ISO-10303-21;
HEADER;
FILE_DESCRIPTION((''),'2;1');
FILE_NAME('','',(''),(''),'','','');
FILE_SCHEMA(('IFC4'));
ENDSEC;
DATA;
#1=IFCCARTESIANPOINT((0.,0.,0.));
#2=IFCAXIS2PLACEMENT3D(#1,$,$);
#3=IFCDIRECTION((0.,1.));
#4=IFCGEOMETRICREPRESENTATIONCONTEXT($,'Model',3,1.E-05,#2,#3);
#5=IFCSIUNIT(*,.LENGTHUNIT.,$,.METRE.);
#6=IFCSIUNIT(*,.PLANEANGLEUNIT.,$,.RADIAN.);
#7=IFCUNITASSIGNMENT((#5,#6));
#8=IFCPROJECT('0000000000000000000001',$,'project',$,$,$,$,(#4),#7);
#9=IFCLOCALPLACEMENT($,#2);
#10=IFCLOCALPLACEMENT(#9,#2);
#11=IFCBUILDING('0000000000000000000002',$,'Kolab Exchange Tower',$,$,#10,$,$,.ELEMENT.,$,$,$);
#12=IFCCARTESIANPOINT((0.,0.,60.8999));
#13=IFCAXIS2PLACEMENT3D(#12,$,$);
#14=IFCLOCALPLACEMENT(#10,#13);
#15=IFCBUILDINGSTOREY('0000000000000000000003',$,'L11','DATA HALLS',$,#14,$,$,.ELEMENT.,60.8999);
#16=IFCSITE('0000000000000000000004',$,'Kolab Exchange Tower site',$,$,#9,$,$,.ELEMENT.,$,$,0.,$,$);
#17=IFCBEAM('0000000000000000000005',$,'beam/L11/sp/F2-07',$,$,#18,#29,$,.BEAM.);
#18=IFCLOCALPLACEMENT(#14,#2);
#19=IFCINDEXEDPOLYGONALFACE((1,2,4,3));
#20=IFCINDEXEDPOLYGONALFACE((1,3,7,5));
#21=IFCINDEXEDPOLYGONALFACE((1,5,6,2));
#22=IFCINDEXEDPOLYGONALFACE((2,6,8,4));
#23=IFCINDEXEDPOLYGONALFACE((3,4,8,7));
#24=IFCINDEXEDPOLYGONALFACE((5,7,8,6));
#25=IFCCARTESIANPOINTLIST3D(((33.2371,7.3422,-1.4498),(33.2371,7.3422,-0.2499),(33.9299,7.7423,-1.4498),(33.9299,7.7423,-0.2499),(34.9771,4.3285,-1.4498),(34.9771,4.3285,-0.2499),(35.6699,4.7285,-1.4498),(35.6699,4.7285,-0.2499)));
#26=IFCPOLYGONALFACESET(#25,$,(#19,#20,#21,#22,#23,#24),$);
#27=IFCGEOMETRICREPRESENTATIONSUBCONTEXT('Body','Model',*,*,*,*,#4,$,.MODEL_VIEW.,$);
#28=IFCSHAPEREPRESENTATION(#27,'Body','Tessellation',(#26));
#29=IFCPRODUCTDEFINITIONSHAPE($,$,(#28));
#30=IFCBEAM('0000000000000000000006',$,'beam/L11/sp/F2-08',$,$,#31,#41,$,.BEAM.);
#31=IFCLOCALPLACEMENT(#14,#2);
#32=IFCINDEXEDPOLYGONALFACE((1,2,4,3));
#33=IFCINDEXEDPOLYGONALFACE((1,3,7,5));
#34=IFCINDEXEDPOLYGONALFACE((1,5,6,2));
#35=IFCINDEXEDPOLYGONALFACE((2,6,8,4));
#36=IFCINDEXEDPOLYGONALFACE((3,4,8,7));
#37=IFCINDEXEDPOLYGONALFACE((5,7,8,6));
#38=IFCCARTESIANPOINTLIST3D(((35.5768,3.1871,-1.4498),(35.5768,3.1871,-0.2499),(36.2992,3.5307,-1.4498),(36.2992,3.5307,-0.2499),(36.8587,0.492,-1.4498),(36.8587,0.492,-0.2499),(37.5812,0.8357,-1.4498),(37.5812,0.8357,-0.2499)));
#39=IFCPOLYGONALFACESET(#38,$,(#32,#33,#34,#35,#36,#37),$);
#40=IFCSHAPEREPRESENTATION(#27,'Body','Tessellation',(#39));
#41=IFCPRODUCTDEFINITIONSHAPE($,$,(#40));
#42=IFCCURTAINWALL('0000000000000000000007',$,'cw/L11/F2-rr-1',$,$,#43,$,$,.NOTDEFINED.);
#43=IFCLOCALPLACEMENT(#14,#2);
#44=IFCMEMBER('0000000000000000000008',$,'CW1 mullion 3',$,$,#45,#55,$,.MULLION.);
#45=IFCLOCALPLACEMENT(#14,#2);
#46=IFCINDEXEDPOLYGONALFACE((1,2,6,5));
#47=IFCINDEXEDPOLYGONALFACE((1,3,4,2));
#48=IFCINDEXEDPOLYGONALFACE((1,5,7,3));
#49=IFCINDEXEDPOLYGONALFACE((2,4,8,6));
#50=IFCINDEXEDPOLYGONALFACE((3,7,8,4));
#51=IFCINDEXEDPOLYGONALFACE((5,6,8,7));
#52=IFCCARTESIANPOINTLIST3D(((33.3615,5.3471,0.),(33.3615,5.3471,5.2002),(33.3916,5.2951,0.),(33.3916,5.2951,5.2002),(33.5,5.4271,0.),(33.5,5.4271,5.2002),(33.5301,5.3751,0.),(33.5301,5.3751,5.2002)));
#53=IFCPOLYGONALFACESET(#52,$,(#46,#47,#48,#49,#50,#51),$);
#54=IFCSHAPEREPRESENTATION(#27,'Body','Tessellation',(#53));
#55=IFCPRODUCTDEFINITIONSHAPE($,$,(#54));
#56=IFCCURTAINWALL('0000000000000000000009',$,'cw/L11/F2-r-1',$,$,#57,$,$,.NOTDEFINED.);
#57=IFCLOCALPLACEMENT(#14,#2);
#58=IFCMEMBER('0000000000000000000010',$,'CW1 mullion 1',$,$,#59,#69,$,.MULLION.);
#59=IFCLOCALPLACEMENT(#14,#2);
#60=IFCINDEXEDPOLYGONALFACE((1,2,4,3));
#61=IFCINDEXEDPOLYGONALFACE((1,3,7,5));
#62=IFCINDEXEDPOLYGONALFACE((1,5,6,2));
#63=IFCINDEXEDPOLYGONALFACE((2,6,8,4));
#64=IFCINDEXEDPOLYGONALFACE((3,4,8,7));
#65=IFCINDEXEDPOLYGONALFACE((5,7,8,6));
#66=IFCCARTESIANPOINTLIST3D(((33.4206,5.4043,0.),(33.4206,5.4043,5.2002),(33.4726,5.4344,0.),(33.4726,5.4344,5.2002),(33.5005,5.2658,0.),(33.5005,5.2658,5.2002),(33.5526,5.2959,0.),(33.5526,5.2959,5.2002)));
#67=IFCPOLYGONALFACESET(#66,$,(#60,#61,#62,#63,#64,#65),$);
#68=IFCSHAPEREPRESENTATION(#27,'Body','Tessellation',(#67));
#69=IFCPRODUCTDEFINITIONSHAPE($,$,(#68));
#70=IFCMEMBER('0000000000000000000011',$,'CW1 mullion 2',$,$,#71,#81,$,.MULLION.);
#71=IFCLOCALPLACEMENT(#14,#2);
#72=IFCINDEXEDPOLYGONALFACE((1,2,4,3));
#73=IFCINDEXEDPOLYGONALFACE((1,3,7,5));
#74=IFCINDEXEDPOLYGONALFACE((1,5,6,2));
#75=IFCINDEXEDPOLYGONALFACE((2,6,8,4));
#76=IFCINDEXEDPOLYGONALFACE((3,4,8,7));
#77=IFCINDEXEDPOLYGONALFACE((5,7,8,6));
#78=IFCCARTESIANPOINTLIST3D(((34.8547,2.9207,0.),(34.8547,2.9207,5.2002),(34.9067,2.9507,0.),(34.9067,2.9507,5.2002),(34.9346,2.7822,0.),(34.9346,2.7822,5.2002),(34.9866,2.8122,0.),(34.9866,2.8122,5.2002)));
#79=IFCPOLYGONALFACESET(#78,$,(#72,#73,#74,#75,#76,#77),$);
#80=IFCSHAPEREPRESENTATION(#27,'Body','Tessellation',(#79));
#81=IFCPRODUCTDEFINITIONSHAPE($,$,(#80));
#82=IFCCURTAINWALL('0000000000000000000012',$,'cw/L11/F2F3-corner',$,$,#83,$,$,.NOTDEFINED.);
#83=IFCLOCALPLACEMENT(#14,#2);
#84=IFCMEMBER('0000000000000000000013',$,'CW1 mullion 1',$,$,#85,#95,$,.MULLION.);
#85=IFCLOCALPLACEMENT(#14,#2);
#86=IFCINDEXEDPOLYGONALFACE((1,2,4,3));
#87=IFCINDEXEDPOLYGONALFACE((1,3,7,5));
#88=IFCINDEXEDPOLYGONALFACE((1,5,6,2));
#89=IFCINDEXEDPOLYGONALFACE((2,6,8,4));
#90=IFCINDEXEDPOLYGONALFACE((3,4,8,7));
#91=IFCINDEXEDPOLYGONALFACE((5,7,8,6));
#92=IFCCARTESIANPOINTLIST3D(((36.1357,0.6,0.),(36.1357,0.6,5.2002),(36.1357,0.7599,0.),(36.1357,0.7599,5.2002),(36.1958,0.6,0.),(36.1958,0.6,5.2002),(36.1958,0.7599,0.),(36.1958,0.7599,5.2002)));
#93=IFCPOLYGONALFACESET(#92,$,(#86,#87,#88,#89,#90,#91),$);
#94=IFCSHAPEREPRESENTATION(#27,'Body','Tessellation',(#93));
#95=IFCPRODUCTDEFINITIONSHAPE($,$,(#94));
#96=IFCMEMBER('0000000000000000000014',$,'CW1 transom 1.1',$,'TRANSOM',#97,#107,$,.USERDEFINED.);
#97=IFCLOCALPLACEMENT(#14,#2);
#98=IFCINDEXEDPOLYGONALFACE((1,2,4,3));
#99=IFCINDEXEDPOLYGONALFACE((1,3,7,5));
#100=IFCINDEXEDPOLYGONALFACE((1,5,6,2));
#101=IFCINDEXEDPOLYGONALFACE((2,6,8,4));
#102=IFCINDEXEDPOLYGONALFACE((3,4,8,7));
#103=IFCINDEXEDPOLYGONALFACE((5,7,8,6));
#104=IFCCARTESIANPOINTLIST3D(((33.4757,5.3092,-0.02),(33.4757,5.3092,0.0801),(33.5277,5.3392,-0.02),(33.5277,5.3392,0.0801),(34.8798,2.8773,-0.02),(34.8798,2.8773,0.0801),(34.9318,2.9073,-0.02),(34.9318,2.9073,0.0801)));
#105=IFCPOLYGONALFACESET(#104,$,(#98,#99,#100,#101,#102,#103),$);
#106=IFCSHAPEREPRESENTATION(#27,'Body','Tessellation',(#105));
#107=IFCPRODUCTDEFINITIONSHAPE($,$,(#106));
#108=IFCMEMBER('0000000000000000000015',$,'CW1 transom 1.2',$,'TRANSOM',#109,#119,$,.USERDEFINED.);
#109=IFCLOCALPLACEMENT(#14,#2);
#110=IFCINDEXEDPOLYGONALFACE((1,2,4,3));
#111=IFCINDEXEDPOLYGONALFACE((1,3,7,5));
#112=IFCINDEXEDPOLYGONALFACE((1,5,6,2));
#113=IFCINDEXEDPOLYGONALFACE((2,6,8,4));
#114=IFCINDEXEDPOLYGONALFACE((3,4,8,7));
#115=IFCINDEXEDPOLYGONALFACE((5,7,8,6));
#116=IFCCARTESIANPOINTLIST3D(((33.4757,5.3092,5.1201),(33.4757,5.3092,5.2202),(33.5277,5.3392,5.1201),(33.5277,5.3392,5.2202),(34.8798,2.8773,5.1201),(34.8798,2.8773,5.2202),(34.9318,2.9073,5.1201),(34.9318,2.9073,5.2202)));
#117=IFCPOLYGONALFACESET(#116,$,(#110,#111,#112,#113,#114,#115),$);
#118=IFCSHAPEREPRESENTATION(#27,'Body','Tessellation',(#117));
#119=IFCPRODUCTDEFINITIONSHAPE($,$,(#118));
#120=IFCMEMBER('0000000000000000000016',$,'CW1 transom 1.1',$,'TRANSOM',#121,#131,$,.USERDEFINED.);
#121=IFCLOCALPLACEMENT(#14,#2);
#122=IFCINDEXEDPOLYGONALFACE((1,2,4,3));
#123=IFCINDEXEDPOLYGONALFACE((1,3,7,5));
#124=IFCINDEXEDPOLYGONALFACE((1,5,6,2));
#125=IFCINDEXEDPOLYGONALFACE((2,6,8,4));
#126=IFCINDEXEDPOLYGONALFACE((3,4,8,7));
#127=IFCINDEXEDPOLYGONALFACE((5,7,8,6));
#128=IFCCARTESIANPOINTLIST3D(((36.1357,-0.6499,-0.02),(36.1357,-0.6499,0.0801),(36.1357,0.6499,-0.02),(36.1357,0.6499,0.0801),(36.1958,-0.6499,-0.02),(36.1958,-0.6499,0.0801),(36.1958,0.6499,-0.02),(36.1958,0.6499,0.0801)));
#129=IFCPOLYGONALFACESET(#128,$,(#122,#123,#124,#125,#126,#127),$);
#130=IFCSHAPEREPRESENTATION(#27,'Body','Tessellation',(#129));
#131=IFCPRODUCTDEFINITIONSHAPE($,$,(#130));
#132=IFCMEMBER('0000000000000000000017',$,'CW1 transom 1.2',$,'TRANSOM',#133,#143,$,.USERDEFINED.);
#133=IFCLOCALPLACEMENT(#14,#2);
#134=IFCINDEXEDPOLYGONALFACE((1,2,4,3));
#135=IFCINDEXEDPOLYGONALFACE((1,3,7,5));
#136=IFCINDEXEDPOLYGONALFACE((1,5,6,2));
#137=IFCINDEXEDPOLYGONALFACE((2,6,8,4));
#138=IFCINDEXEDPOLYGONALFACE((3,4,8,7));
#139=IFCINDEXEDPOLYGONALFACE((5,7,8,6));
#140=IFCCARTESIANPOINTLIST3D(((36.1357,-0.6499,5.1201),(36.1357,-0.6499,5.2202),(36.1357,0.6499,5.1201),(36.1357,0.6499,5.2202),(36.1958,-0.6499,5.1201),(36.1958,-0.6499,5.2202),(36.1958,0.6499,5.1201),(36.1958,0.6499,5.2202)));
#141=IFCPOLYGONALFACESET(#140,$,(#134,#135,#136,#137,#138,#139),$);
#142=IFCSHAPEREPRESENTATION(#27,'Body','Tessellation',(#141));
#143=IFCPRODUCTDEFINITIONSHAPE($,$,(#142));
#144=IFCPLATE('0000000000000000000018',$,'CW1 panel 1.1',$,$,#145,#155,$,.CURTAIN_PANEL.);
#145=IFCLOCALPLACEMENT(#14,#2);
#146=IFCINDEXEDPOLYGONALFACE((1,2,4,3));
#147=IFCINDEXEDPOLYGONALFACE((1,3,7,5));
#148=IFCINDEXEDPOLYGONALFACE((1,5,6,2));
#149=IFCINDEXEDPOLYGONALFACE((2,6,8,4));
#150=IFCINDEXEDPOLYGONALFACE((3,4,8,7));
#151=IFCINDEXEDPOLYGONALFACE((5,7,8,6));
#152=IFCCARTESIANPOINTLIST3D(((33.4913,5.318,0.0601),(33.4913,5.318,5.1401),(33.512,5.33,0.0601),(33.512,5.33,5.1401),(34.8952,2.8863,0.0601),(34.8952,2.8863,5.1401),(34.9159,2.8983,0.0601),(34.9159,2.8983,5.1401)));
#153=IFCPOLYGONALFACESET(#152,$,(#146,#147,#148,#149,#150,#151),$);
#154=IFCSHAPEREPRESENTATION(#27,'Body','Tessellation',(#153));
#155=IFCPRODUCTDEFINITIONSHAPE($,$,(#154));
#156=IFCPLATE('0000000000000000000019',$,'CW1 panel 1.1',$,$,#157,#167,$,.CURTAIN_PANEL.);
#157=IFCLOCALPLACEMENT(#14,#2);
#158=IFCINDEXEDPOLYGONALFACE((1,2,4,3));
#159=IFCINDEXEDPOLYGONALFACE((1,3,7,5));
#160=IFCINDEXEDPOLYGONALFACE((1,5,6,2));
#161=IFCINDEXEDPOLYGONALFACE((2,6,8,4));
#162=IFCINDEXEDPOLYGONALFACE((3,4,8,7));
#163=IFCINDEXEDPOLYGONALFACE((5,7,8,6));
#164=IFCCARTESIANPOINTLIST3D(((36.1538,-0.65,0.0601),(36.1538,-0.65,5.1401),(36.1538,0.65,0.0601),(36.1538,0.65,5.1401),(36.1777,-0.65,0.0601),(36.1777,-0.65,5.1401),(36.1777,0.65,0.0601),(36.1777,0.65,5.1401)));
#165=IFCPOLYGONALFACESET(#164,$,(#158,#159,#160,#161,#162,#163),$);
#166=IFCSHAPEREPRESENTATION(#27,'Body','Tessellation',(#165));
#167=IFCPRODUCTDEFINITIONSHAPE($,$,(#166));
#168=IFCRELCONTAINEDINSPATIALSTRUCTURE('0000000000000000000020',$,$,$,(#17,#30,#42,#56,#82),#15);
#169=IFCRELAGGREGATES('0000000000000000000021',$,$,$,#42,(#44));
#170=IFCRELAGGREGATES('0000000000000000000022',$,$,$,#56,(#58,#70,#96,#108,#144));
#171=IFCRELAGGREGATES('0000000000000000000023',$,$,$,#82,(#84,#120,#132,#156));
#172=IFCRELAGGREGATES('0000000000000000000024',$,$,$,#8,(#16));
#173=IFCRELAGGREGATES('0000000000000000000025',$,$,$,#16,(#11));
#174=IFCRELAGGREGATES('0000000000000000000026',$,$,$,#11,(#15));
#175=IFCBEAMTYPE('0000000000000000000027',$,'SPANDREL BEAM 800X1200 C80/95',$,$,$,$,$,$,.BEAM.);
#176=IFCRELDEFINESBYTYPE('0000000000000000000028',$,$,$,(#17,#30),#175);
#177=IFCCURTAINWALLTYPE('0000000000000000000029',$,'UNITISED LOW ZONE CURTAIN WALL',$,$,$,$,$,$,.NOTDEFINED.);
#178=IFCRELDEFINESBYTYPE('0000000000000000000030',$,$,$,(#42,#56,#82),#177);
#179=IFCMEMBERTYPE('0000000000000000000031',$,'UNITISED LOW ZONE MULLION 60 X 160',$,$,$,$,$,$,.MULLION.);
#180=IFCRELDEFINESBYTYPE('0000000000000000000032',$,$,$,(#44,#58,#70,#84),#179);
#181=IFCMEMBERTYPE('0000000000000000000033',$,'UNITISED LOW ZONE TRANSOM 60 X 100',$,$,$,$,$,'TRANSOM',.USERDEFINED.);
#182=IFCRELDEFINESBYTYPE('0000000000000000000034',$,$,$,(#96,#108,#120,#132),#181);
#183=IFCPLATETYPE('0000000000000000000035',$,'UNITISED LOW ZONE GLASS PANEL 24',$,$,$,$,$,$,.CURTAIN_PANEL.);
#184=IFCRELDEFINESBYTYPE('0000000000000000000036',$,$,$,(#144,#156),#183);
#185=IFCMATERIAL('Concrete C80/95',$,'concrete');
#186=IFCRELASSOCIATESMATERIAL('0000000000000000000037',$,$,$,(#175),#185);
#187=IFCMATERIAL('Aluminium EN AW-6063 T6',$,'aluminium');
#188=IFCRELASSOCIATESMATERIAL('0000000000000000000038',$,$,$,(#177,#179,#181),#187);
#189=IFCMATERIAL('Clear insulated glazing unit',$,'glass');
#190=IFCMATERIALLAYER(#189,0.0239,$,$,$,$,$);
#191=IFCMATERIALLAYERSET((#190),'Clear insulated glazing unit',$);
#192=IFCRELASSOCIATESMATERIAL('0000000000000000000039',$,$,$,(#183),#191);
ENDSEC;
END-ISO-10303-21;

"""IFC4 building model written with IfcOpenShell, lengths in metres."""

from ifc_helpers import new_model, si_unit, direction, frame, origin, origin_2d, place, context, subcontext, project, spatial, rectangle, extrude, material, layer, layer_set, material_profile, profile_set, type_object, element, aggregate, save


model = new_model("IFC4")

# Units and contexts
model_context = context("Model", 3, precision=1e-05, world=origin(), true_north=direction((0.0, 1.0)))
body_context = subcontext(model_context, "Body", "Model", "MODEL_VIEW")
ifc_project = project(units=[si_unit("LENGTHUNIT", "METRE"), si_unit("PLANEANGLEUNIT", "RADIAN")], contexts=[model_context])

# Site, building, storey
site_placement = place(None, origin())
site = spatial("IfcSite", under=ifc_project, at=site_placement, Name="Kolab Exchange Tower site", CompositionType="ELEMENT", RefElevation=0.0)
building_placement = place(site_placement, origin())
building = spatial("IfcBuilding", under=site, at=building_placement, Name="Kolab Exchange Tower", CompositionType="ELEMENT")
storey_placement = place(building_placement, frame((0.0, 0.0, 60.8999)))
storey = spatial("IfcBuildingStorey", under=building, at=storey_placement, Name="L11", Description="DATA HALLS", CompositionType="ELEMENT", Elevation=60.8999)

# Shared definitions
ifc_material_1 = material(Name="Concrete C80/95", Category="concrete")

# Beams
ifc_material_profile_1 = material_profile(ifc_material_1, rectangle(XDim=0.8, YDim=1.2, at=origin_2d()), Name="RC800X1200")
ifc_profile_set_1 = profile_set([ifc_material_profile_1], Name="Concrete C80/95")
beam_type_1 = type_object("IfcBeamType", Name="SPANDREL BEAM 800X1200 C80/95", PredefinedType="BEAM", material=ifc_profile_set_1)
beam_1_placement = place(storey_placement, frame((33.5835, 7.5422, -0.8499), z_axis=(0.50001, -0.86602, 0.0), x_axis=(0.86602, 0.50001, 0.0)))
element("IfcBeam", 1, at=beam_1_placement, inside=storey, type_object=beam_type_1, Name="beam/L11/sp/F2-07", PredefinedType="BEAM", context=body_context, shape_type="SweptSolid", body=[
    extrude(rectangle(XDim=0.8, YDim=1.2, at=origin_2d()), origin(), (0.0, 0.0, 1.0), 3.48),
])
beam_2_placement = place(storey_placement, frame((35.938, 3.3589, -0.8499), z_axis=(0.429556, -0.90304, 0.0), x_axis=(0.90304, 0.429556, 0.0)))
element("IfcBeam", 2, at=beam_2_placement, inside=storey, type_object=beam_type_1, Name="beam/L11/sp/F2-08", PredefinedType="BEAM", context=body_context, shape_type="SweptSolid", body=[
    extrude(rectangle(XDim=0.8, YDim=1.2, at=origin_2d()), origin(), (0.0, 0.0, 1.0), 2.9844),
])

# Curtain wall, member
ifc_material_2 = material(Name="Aluminium EN AW-6063 T6", Category="aluminium")
curtain_wall_type = type_object("IfcCurtainWallType", Name="UNITISED LOW ZONE CURTAIN WALL", PredefinedType="NOTDEFINED", material=ifc_material_2)
curtain_wall_1_placement = place(storey_placement, origin())
curtain_wall_1 = element("IfcCurtainWall", 3, at=curtain_wall_1_placement, inside=storey, type_object=curtain_wall_type, Name="cw/L11/F2-rr-1", PredefinedType="NOTDEFINED")
ifc_material_profile_2 = material_profile(ifc_material_2, rectangle(XDim=0.0601, YDim=0.1599, at=origin_2d()), Name="RECT 60X160")
ifc_profile_set_2 = profile_set([ifc_material_profile_2], Name="Aluminium EN AW-6063 T6")
member_type_1 = type_object("IfcMemberType", Name="UNITISED LOW ZONE MULLION 60 X 160", PredefinedType="MULLION", material=ifc_profile_set_2)
member_1_placement = place(storey_placement, frame((33.4458, 5.3611, 0.0), z_axis=(0.0, 0.0, 1.0), x_axis=(-0.5, 0.866025, 0.0)))
member_1 = element("IfcMember", 4, at=member_1_placement, type_object=member_type_1, Name="CW1 mullion 3", PredefinedType="MULLION", context=body_context, shape_type="SweptSolid", body=[
    extrude(rectangle(XDim=0.0601, YDim=0.1599, at=origin_2d()), origin(), (0.0, 0.0, 1.0), 5.2002),
])
aggregate(curtain_wall_1, [member_1])

# Curtain wall, members
curtain_wall_2_placement = place(storey_placement, origin())
curtain_wall_2 = element("IfcCurtainWall", 5, at=curtain_wall_2_placement, inside=storey, type_object=curtain_wall_type, Name="cw/L11/F2-r-1", PredefinedType="NOTDEFINED")
member_2_placement = place(storey_placement, frame((33.4866, 5.3501, 0.0), z_axis=(0.0, 0.0, 1.0), x_axis=(0.866025, 0.5, 0.0)))
member_2 = element("IfcMember", 6, at=member_2_placement, type_object=member_type_1, Name="CW1 mullion 1", PredefinedType="MULLION", context=body_context, shape_type="SweptSolid", body=[
    extrude(rectangle(XDim=0.0601, YDim=0.1599, at=origin_2d()), origin(), (0.0, 0.0, 1.0), 5.2002),
])
member_3_placement = place(storey_placement, frame((34.9207, 2.8665, 0.0), z_axis=(0.0, 0.0, 1.0), x_axis=(0.866025, 0.5, 0.0)))
member_3 = element("IfcMember", 7, at=member_3_placement, type_object=member_type_1, Name="CW1 mullion 2", PredefinedType="MULLION", context=body_context, shape_type="SweptSolid", body=[
    extrude(rectangle(XDim=0.0601, YDim=0.1599, at=origin_2d()), origin(), (0.0, 0.0, 1.0), 5.2002),
])

# Curtain wall, member
curtain_wall_3_placement = place(storey_placement, origin())
curtain_wall_3 = element("IfcCurtainWall", 8, at=curtain_wall_3_placement, inside=storey, type_object=curtain_wall_type, Name="cw/L11/F2F3-corner", PredefinedType="NOTDEFINED")
member_4_placement = place(storey_placement, frame((36.1658, 0.6799, 0.0), z_axis=(0.0, 0.0, 1.0), x_axis=(1.0, 0.0, 0.0)))
member_4 = element("IfcMember", 9, at=member_4_placement, type_object=member_type_1, Name="CW1 mullion 1", PredefinedType="MULLION", context=body_context, shape_type="SweptSolid", body=[
    extrude(rectangle(XDim=0.0601, YDim=0.1599, at=origin_2d()), origin(), (0.0, 0.0, 1.0), 5.2002),
])

# Members
ifc_material_profile_3 = material_profile(ifc_material_2, rectangle(XDim=0.0601, YDim=0.1001, at=origin_2d()), Name="RECT 60X100")
ifc_profile_set_3 = profile_set([ifc_material_profile_3], Name="Aluminium EN AW-6063 T6")
member_type_2 = type_object("IfcMemberType", Name="UNITISED LOW ZONE TRANSOM 60 X 100", ElementType="TRANSOM", PredefinedType="USERDEFINED", material=ifc_profile_set_3)
member_5_placement = place(storey_placement, frame((33.5017, 5.3242, 0.03), z_axis=(0.500001, -0.866025, 0.0), x_axis=(0.866025, 0.500001, 0.0)))
member_5 = element("IfcMember", 10, at=member_5_placement, type_object=member_type_2, Name="CW1 transom 1.1", ObjectType="TRANSOM", PredefinedType="USERDEFINED", context=body_context, shape_type="SweptSolid", body=[
    extrude(rectangle(XDim=0.0601, YDim=0.1001, at=origin_2d()), origin(), (0.0, 0.0, 1.0), 2.8081),
])
member_6_placement = place(storey_placement, frame((33.5017, 5.3242, 5.1702), z_axis=(0.500001, -0.866025, 0.0), x_axis=(0.866025, 0.500001, 0.0)))
member_6 = element("IfcMember", 11, at=member_6_placement, type_object=member_type_2, Name="CW1 transom 1.2", ObjectType="TRANSOM", PredefinedType="USERDEFINED", context=body_context, shape_type="SweptSolid", body=[
    extrude(rectangle(XDim=0.0601, YDim=0.1001, at=origin_2d()), origin(), (0.0, 0.0, 1.0), 2.8081),
])
member_7_placement = place(storey_placement, frame((36.1658, 0.6499, 0.03), z_axis=(0.0, -1.0, 0.0), x_axis=(1.0, 0.0, 0.0)))
member_7 = element("IfcMember", 12, at=member_7_placement, type_object=member_type_2, Name="CW1 transom 1.1", ObjectType="TRANSOM", PredefinedType="USERDEFINED", context=body_context, shape_type="SweptSolid", body=[
    extrude(rectangle(XDim=0.0601, YDim=0.1001, at=origin_2d()), origin(), (0.0, 0.0, 1.0), 1.2998),
])
member_8_placement = place(storey_placement, frame((36.1658, 0.6499, 5.1702), z_axis=(0.0, -1.0, 0.0), x_axis=(1.0, 0.0, 0.0)))
member_8 = element("IfcMember", 13, at=member_8_placement, type_object=member_type_2, Name="CW1 transom 1.2", ObjectType="TRANSOM", PredefinedType="USERDEFINED", context=body_context, shape_type="SweptSolid", body=[
    extrude(rectangle(XDim=0.0601, YDim=0.1001, at=origin_2d()), origin(), (0.0, 0.0, 1.0), 1.2998),
])

# Plates
ifc_material_3 = material(Name="Clear insulated glazing unit", Category="glass")
ifc_layer_1 = layer(ifc_material_3, 0.0239)
ifc_layer_set_1 = layer_set([ifc_layer_1], Name="Clear insulated glazing unit")
plate_type = type_object("IfcPlateType", Name="UNITISED LOW ZONE GLASS PANEL 24", PredefinedType="CURTAIN_PANEL", material=ifc_layer_set_1)
plate_1_placement = place(storey_placement, frame((34.2036, 4.1082, 0.0601), z_axis=(0.0, 0.0, 1.0), x_axis=(0.5, -0.866025, 0.0)))
plate_1 = element("IfcPlate", 14, at=plate_1_placement, type_object=plate_type, Name="CW1 panel 1.1", PredefinedType="CURTAIN_PANEL", context=body_context, shape_type="SweptSolid", body=[
    extrude(rectangle(XDim=2.8079, YDim=0.0239, at=origin_2d()), origin(), (0.0, 0.0, 1.0), 5.0801),
])
aggregate(curtain_wall_2, [member_2, member_3, member_5, member_6, plate_1])
plate_2_placement = place(storey_placement, frame((36.1658, 0.0, 0.0601), z_axis=(0.0, 0.0, 1.0), x_axis=(0.0, -1.0, 0.0)))
plate_2 = element("IfcPlate", 15, at=plate_2_placement, type_object=plate_type, Name="CW1 panel 1.1", PredefinedType="CURTAIN_PANEL", context=body_context, shape_type="SweptSolid", body=[
    extrude(rectangle(XDim=1.3, YDim=0.0239, at=origin_2d()), origin(), (0.0, 0.0, 1.0), 5.0801),
])
aggregate(curtain_wall_3, [member_4, member_7, member_8, plate_2])

save(model, "model.ifc")
